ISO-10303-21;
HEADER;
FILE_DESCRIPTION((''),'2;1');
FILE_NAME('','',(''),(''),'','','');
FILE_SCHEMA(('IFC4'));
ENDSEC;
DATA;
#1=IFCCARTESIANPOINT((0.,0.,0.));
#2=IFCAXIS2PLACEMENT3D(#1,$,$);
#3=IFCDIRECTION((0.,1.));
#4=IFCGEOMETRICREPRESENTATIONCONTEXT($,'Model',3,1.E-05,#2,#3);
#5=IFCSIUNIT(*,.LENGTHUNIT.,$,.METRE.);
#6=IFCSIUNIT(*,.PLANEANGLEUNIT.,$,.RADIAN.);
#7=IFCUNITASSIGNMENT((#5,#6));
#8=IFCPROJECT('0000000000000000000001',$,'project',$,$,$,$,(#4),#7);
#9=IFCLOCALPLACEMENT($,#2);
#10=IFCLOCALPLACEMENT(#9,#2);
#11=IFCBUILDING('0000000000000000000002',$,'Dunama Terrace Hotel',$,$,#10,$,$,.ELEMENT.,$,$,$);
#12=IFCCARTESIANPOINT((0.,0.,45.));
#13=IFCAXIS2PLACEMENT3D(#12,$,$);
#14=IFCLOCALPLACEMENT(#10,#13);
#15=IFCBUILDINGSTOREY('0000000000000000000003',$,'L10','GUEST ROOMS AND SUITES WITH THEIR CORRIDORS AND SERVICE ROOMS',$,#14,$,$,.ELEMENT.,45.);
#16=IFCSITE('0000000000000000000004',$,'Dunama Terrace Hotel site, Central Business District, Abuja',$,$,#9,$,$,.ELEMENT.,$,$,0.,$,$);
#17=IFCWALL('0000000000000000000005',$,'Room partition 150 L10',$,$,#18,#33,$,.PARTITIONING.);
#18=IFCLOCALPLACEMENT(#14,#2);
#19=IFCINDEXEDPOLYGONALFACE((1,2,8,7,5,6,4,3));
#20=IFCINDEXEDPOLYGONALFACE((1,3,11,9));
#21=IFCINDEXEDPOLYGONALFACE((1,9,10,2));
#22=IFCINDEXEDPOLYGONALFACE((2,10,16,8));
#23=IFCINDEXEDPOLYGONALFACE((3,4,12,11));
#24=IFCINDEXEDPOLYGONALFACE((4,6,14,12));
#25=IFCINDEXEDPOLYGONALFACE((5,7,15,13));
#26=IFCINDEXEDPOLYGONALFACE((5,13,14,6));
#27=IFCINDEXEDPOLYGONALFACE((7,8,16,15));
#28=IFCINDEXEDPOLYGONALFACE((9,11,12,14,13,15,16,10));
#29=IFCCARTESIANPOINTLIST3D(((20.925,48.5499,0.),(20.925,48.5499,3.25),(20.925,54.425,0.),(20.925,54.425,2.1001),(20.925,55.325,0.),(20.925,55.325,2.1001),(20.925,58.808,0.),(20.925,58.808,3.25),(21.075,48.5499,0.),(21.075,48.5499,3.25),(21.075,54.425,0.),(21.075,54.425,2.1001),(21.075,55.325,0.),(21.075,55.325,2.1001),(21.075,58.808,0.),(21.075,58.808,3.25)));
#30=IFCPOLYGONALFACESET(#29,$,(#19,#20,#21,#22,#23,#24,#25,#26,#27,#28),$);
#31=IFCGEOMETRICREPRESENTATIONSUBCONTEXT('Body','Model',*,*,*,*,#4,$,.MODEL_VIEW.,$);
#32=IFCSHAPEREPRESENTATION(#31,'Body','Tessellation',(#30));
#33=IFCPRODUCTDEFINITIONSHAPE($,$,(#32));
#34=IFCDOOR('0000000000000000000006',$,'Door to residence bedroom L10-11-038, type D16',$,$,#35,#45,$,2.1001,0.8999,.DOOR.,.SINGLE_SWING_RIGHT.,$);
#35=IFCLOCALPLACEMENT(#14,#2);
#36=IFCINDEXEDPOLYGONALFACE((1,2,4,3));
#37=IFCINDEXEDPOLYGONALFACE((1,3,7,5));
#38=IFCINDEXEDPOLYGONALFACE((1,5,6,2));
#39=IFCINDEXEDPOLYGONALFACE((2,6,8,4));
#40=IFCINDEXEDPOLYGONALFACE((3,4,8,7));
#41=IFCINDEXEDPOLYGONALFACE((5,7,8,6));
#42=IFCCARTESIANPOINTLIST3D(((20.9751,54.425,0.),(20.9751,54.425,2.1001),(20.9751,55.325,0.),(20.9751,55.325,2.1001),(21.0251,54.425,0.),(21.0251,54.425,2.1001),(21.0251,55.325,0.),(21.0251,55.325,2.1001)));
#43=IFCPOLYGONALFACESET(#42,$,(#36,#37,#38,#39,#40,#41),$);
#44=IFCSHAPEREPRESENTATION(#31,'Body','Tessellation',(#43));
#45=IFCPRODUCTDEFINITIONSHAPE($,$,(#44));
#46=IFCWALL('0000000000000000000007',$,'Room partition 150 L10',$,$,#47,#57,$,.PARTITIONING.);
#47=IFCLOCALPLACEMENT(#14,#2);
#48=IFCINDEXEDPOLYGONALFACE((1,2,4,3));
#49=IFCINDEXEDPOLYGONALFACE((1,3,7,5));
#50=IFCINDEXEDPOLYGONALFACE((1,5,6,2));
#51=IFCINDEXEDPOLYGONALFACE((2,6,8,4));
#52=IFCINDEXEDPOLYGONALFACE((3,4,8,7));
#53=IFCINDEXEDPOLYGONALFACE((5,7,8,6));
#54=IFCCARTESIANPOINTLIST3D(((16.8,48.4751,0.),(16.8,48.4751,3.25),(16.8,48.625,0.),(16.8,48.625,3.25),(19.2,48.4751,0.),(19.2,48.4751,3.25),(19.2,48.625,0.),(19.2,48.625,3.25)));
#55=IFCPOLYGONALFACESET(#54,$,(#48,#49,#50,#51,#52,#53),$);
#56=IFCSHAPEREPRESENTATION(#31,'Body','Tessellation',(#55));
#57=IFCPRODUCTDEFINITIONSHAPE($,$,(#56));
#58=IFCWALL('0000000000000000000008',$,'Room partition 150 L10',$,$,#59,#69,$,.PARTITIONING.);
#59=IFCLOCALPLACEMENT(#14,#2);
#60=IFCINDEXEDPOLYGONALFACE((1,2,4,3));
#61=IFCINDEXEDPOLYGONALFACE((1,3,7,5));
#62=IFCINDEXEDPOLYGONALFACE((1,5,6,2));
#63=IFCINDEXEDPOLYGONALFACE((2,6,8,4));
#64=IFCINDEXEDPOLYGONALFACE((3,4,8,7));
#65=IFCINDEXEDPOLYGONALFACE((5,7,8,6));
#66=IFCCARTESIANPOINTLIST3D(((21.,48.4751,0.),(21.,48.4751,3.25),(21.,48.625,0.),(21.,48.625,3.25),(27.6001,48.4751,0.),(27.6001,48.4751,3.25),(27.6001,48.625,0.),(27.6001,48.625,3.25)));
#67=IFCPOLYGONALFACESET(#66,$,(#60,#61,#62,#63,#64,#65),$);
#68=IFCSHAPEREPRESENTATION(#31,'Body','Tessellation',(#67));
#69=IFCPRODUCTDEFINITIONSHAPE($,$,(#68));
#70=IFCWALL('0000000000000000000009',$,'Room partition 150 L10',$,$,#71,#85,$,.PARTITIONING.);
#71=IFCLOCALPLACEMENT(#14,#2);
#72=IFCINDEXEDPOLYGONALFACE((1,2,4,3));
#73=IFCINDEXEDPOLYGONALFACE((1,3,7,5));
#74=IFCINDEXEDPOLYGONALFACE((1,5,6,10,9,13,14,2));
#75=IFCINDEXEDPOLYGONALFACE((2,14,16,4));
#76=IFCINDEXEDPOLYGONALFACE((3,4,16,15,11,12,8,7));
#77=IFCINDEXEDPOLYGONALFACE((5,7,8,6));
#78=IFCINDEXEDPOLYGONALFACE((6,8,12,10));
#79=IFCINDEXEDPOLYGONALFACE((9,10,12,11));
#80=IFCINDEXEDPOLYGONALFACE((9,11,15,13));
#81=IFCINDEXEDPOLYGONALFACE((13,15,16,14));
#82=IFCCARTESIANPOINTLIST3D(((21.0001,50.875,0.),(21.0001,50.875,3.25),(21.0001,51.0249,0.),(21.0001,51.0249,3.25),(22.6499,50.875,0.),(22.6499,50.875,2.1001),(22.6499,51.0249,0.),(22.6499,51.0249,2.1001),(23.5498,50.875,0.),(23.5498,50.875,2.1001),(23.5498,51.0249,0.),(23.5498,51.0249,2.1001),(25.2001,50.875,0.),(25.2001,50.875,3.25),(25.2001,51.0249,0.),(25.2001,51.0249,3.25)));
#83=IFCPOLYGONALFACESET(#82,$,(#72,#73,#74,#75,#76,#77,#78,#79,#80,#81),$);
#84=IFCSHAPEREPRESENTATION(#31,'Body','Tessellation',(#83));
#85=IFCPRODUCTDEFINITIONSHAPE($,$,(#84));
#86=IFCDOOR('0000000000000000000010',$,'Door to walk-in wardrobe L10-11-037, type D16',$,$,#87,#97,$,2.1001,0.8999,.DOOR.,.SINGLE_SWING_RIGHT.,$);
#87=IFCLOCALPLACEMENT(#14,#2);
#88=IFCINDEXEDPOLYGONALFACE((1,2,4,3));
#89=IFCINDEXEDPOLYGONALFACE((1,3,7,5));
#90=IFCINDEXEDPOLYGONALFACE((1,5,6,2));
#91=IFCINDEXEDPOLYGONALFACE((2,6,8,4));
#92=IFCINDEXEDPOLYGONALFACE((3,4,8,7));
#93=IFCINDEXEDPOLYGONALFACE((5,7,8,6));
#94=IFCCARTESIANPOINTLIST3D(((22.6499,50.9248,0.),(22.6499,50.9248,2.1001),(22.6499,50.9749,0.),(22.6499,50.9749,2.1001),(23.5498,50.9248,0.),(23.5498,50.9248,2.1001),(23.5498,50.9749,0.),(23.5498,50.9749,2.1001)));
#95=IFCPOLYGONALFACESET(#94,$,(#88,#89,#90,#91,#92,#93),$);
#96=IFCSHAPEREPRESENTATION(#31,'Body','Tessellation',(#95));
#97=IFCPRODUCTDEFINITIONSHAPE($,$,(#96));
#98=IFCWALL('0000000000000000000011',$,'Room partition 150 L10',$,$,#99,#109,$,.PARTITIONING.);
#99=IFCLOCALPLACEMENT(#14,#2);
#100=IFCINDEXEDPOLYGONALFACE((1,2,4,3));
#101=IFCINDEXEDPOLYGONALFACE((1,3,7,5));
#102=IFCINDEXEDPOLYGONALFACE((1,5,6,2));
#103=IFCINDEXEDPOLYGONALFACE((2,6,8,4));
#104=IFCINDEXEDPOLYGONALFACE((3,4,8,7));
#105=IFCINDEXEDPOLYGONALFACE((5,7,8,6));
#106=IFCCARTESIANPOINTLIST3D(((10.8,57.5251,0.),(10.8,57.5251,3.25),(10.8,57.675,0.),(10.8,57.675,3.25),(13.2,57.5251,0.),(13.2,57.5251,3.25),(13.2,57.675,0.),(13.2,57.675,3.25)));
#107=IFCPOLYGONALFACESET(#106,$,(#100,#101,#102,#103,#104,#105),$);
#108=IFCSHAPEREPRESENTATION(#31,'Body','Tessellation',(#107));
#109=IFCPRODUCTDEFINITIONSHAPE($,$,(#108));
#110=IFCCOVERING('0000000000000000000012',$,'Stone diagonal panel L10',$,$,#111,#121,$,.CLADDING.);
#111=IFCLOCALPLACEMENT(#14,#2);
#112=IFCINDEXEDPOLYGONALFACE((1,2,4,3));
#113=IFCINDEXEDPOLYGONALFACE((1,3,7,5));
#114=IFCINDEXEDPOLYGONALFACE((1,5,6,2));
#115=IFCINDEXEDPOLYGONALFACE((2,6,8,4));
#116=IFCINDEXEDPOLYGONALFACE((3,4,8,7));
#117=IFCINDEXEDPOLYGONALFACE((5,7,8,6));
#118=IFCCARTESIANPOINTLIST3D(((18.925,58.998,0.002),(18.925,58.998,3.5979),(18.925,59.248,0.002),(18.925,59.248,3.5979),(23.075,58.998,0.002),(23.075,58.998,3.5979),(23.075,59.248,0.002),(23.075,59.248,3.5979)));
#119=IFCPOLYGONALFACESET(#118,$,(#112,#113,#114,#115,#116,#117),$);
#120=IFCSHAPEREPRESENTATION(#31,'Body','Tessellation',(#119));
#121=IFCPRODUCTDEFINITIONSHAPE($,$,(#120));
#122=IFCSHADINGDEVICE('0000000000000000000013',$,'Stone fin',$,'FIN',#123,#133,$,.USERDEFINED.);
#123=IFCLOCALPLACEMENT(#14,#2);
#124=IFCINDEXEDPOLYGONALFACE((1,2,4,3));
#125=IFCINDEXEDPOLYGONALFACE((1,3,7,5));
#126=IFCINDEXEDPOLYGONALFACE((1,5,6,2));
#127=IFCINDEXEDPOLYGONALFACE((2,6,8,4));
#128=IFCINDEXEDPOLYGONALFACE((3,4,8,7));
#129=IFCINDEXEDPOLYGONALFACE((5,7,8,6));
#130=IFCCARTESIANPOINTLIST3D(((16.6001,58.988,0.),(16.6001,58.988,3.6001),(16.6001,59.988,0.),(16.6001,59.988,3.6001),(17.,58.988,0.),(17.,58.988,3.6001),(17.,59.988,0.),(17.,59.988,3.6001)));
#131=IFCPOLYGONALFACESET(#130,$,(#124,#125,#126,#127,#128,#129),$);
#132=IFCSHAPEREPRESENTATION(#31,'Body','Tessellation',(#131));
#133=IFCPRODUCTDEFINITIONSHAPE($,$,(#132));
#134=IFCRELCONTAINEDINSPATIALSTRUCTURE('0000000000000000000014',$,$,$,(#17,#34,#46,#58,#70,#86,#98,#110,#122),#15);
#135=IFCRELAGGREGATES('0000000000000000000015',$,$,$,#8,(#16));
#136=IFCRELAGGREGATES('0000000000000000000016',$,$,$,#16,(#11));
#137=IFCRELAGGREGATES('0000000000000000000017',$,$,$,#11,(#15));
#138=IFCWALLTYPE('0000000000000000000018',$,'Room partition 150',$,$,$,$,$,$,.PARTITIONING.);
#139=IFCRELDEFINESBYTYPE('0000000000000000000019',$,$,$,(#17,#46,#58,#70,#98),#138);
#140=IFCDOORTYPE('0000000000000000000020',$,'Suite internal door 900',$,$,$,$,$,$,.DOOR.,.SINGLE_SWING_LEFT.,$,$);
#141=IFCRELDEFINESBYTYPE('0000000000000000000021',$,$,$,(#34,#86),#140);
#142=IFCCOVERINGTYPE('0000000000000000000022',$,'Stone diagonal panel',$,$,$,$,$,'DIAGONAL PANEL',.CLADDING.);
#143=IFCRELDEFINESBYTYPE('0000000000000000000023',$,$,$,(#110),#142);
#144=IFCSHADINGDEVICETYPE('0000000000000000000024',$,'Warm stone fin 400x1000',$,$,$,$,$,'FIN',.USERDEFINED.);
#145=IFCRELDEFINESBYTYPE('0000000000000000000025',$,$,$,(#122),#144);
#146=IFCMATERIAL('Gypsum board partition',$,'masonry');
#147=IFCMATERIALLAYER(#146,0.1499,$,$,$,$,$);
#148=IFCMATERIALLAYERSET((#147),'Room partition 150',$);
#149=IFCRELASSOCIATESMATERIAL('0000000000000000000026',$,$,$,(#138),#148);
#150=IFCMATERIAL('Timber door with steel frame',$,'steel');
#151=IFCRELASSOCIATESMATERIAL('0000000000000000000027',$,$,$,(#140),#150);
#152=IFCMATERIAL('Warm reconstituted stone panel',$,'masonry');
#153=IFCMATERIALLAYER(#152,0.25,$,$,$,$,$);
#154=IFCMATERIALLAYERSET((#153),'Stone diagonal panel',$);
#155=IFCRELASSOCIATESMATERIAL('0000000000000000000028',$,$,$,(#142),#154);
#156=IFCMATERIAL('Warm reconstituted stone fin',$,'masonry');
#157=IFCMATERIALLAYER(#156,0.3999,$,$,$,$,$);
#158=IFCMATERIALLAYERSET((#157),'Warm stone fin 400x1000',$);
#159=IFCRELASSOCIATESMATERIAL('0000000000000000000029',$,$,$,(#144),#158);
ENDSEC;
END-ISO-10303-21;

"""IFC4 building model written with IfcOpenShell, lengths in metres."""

from ifc_helpers import new_model, si_unit, direction, frame, frame_2d, origin, origin_2d, place, context, subcontext, project, spatial, rectangle, extrude, material, layer, layer_set, type_object, element, fill, save


model = new_model("IFC4")

# Units and contexts
model_context = context("Model", 3, precision=1e-05, world=origin(), true_north=direction((0.0, 1.0)))
body_context = subcontext(model_context, "Body", "Model", "MODEL_VIEW")
ifc_project = project(units=[si_unit("LENGTHUNIT", "METRE"), si_unit("PLANEANGLEUNIT", "RADIAN")], contexts=[model_context])

# Site, building, storey
site_placement = place(None, origin())
site = spatial("IfcSite", under=ifc_project, at=site_placement, Name="Dunama Terrace Hotel site, Central Business District, Abuja", CompositionType="ELEMENT", RefElevation=0.0)
building_placement = place(site_placement, origin())
building = spatial("IfcBuilding", under=site, at=building_placement, Name="Dunama Terrace Hotel", CompositionType="ELEMENT")
storey_placement = place(building_placement, frame((0.0, 0.0, 45.0)))
storey = spatial("IfcBuildingStorey", under=building, at=storey_placement, Name="L10", Description="GUEST ROOMS AND SUITES WITH THEIR CORRIDORS AND SERVICE ROOMS", CompositionType="ELEMENT", Elevation=45.0)

# Shared definitions
ifc_material_1 = material(Name="Gypsum board partition", Category="masonry")
ifc_layer_1 = layer(ifc_material_1, 0.1499)
ifc_layer_set_1 = layer_set([ifc_layer_1], Name="Room partition 150")
wall_type_1 = type_object("IfcWallType", Name="Room partition 150", PredefinedType="PARTITIONING", material=ifc_layer_set_1)

# Wall, opening, door
wall_1_placement = place(storey_placement, frame((21.0, 48.55, 0.0), z_axis=(0.0, 0.0, 1.0), x_axis=(0.0, 1.0, 0.0)))
wall_1 = element("IfcWall", 1, at=wall_1_placement, inside=storey, type_object=wall_type_1, Name="Room partition 150 L10", PredefinedType="PARTITIONING", context=body_context, shape_type="SweptSolid", body=[
    extrude(rectangle(XDim=10.2581, YDim=0.1499, at=frame_2d((5.1289, 0.0))), origin(), (0.0, 0.0, 1.0), 3.25),
])
opening_1_placement = place(wall_1_placement, frame((5.875, 0.0, 0.0)))
opening_1 = element("IfcOpeningElement", 2, at=opening_1_placement, cuts=wall_1, PredefinedType="OPENING", context=body_context, shape_type="SweptSolid", body=[
    extrude(rectangle(XDim=0.8999, YDim=2.1001, at=frame_2d((0.45, 1.05))), frame((0.0, 0.085, 0.0), z_axis=(0.0, -1.0, 0.0), x_axis=(1.0, 0.0, 0.0)), (0.0, 0.0, 1.0), 0.1699),
])
ifc_material_2 = material(Name="Timber door with steel frame", Category="steel")
door_type_1 = type_object("IfcDoorType", Name="Suite internal door 900", OperationType="SINGLE_SWING_LEFT", PredefinedType="DOOR", material=ifc_material_2)
door_1_placement = place(opening_1_placement, frame((0.8999, 0.0, 0.0), z_axis=(0.0, 0.0, 1.0), x_axis=(-1.0, 0.0, 0.0)))
door_1 = element("IfcDoor", 3, at=door_1_placement, inside=storey, type_object=door_type_1, Name="Door to residence bedroom L10-11-038, type D16", OperationType="SINGLE_SWING_RIGHT", OverallHeight=2.1001, OverallWidth=0.8999, PredefinedType="DOOR", context=body_context, shape_type="SweptSolid", body=[
    extrude(rectangle(XDim=0.8999, YDim=2.1001, at=frame_2d((0.45, 1.05))), frame((0.0, 0.0251, 0.0), z_axis=(0.0, -1.0, 0.0), x_axis=(1.0, 0.0, 0.0)), (0.0, 0.0, 1.0), 0.05),
])
fill(opening_1, door_1)

# Walls
wall_2_placement = place(storey_placement, frame((16.8, 48.55, 0.0), z_axis=(0.0, 0.0, 1.0), x_axis=(1.0, 0.0, 0.0)))
element("IfcWall", 4, at=wall_2_placement, inside=storey, type_object=wall_type_1, Name="Room partition 150 L10", PredefinedType="PARTITIONING", context=body_context, shape_type="SweptSolid", body=[
    extrude(rectangle(XDim=2.3999, YDim=0.1499, at=frame_2d((1.2, 0.0))), origin(), (0.0, 0.0, 1.0), 3.25),
])
wall_3_placement = place(storey_placement, frame((21.0, 48.55, 0.0), z_axis=(0.0, 0.0, 1.0), x_axis=(1.0, 0.0, 0.0)))
element("IfcWall", 5, at=wall_3_placement, inside=storey, type_object=wall_type_1, Name="Room partition 150 L10", PredefinedType="PARTITIONING", context=body_context, shape_type="SweptSolid", body=[
    extrude(rectangle(XDim=6.6001, YDim=0.1499, at=frame_2d((3.3, 0.0))), origin(), (0.0, 0.0, 1.0), 3.25),
])

# Wall, opening, door
wall_4_placement = place(storey_placement, frame((21.0, 50.95, 0.0), z_axis=(0.0, 0.0, 1.0), x_axis=(1.0, 0.0, 0.0)))
wall_4 = element("IfcWall", 6, at=wall_4_placement, inside=storey, type_object=wall_type_1, Name="Room partition 150 L10", PredefinedType="PARTITIONING", context=body_context, shape_type="SweptSolid", body=[
    extrude(rectangle(XDim=4.2, YDim=0.1499, at=frame_2d((2.1001, 0.0))), origin(), (0.0, 0.0, 1.0), 3.25),
])
opening_2_placement = place(wall_4_placement, frame((1.6499, 0.0, 0.0)))
opening_2 = element("IfcOpeningElement", 7, at=opening_2_placement, cuts=wall_4, PredefinedType="OPENING", context=body_context, shape_type="SweptSolid", body=[
    extrude(rectangle(XDim=0.8999, YDim=2.1001, at=frame_2d((0.45, 1.05))), frame((0.0, 0.085, 0.0), z_axis=(0.0, -1.0, 0.0), x_axis=(1.0, 0.0, 0.0)), (0.0, 0.0, 1.0), 0.1699),
])
door_2_placement = place(opening_2_placement, frame((0.8999, 0.0, 0.0), z_axis=(0.0, 0.0, 1.0), x_axis=(-1.0, 0.0, 0.0)))
door_2 = element("IfcDoor", 8, at=door_2_placement, inside=storey, type_object=door_type_1, Name="Door to walk-in wardrobe L10-11-037, type D16", OperationType="SINGLE_SWING_RIGHT", OverallHeight=2.1001, OverallWidth=0.8999, PredefinedType="DOOR", context=body_context, shape_type="SweptSolid", body=[
    extrude(rectangle(XDim=0.8999, YDim=2.1001, at=frame_2d((0.45, 1.05))), frame((0.0, 0.0251, 0.0), z_axis=(0.0, -1.0, 0.0), x_axis=(1.0, 0.0, 0.0)), (0.0, 0.0, 1.0), 0.05),
])
fill(opening_2, door_2)

# Wall
wall_5_placement = place(storey_placement, frame((10.8, 57.6001, 0.0), z_axis=(0.0, 0.0, 1.0), x_axis=(1.0, 0.0, 0.0)))
element("IfcWall", 9, at=wall_5_placement, inside=storey, type_object=wall_type_1, Name="Room partition 150 L10", PredefinedType="PARTITIONING", context=body_context, shape_type="SweptSolid", body=[
    extrude(rectangle(XDim=2.3999, YDim=0.1499, at=frame_2d((1.2, 0.0))), origin(), (0.0, 0.0, 1.0), 3.25),
])

# Covering
ifc_material_3 = material(Name="Warm reconstituted stone panel", Category="masonry")
ifc_layer_2 = layer(ifc_material_3, 0.25)
ifc_layer_set_2 = layer_set([ifc_layer_2], Name="Stone diagonal panel")
covering_type = type_object("IfcCoveringType", Name="Stone diagonal panel", ElementType="DIAGONAL PANEL", PredefinedType="CLADDING", material=ifc_layer_set_2)
covering_placement = place(storey_placement, frame((21.0, 59.123, 0.002), z_axis=(0.0, 0.0, 1.0), x_axis=(-1.0, 0.0, 0.0)))
element("IfcCovering", 10, at=covering_placement, inside=storey, type_object=covering_type, Name="Stone diagonal panel L10", PredefinedType="CLADDING", context=body_context, shape_type="SweptSolid", body=[
    extrude(rectangle(XDim=4.1499, YDim=0.25, at=origin_2d()), origin(), (0.0, 0.0, 1.0), 3.5959),
])

# Shading device
ifc_material_4 = material(Name="Warm reconstituted stone fin", Category="masonry")
ifc_layer_3 = layer(ifc_material_4, 0.3999)
ifc_layer_set_3 = layer_set([ifc_layer_3], Name="Warm stone fin 400x1000")
shading_device_type = type_object("IfcShadingDeviceType", Name="Warm stone fin 400x1000", ElementType="FIN", PredefinedType="USERDEFINED", material=ifc_layer_set_3)
shading_device_placement = place(storey_placement, frame((16.8, 59.488, 0.0), z_axis=(0.0, 0.0, 1.0), x_axis=(-1.0, 0.0, 0.0)))
element("IfcShadingDevice", 11, at=shading_device_placement, inside=storey, type_object=shading_device_type, Name="Stone fin", ObjectType="FIN", PredefinedType="USERDEFINED", context=body_context, shape_type="SweptSolid", body=[
    extrude(rectangle(XDim=0.3999, YDim=1.0, at=origin_2d()), origin(), (0.0, 0.0, 1.0), 3.6001),
])

save(model, "model.ifc")
